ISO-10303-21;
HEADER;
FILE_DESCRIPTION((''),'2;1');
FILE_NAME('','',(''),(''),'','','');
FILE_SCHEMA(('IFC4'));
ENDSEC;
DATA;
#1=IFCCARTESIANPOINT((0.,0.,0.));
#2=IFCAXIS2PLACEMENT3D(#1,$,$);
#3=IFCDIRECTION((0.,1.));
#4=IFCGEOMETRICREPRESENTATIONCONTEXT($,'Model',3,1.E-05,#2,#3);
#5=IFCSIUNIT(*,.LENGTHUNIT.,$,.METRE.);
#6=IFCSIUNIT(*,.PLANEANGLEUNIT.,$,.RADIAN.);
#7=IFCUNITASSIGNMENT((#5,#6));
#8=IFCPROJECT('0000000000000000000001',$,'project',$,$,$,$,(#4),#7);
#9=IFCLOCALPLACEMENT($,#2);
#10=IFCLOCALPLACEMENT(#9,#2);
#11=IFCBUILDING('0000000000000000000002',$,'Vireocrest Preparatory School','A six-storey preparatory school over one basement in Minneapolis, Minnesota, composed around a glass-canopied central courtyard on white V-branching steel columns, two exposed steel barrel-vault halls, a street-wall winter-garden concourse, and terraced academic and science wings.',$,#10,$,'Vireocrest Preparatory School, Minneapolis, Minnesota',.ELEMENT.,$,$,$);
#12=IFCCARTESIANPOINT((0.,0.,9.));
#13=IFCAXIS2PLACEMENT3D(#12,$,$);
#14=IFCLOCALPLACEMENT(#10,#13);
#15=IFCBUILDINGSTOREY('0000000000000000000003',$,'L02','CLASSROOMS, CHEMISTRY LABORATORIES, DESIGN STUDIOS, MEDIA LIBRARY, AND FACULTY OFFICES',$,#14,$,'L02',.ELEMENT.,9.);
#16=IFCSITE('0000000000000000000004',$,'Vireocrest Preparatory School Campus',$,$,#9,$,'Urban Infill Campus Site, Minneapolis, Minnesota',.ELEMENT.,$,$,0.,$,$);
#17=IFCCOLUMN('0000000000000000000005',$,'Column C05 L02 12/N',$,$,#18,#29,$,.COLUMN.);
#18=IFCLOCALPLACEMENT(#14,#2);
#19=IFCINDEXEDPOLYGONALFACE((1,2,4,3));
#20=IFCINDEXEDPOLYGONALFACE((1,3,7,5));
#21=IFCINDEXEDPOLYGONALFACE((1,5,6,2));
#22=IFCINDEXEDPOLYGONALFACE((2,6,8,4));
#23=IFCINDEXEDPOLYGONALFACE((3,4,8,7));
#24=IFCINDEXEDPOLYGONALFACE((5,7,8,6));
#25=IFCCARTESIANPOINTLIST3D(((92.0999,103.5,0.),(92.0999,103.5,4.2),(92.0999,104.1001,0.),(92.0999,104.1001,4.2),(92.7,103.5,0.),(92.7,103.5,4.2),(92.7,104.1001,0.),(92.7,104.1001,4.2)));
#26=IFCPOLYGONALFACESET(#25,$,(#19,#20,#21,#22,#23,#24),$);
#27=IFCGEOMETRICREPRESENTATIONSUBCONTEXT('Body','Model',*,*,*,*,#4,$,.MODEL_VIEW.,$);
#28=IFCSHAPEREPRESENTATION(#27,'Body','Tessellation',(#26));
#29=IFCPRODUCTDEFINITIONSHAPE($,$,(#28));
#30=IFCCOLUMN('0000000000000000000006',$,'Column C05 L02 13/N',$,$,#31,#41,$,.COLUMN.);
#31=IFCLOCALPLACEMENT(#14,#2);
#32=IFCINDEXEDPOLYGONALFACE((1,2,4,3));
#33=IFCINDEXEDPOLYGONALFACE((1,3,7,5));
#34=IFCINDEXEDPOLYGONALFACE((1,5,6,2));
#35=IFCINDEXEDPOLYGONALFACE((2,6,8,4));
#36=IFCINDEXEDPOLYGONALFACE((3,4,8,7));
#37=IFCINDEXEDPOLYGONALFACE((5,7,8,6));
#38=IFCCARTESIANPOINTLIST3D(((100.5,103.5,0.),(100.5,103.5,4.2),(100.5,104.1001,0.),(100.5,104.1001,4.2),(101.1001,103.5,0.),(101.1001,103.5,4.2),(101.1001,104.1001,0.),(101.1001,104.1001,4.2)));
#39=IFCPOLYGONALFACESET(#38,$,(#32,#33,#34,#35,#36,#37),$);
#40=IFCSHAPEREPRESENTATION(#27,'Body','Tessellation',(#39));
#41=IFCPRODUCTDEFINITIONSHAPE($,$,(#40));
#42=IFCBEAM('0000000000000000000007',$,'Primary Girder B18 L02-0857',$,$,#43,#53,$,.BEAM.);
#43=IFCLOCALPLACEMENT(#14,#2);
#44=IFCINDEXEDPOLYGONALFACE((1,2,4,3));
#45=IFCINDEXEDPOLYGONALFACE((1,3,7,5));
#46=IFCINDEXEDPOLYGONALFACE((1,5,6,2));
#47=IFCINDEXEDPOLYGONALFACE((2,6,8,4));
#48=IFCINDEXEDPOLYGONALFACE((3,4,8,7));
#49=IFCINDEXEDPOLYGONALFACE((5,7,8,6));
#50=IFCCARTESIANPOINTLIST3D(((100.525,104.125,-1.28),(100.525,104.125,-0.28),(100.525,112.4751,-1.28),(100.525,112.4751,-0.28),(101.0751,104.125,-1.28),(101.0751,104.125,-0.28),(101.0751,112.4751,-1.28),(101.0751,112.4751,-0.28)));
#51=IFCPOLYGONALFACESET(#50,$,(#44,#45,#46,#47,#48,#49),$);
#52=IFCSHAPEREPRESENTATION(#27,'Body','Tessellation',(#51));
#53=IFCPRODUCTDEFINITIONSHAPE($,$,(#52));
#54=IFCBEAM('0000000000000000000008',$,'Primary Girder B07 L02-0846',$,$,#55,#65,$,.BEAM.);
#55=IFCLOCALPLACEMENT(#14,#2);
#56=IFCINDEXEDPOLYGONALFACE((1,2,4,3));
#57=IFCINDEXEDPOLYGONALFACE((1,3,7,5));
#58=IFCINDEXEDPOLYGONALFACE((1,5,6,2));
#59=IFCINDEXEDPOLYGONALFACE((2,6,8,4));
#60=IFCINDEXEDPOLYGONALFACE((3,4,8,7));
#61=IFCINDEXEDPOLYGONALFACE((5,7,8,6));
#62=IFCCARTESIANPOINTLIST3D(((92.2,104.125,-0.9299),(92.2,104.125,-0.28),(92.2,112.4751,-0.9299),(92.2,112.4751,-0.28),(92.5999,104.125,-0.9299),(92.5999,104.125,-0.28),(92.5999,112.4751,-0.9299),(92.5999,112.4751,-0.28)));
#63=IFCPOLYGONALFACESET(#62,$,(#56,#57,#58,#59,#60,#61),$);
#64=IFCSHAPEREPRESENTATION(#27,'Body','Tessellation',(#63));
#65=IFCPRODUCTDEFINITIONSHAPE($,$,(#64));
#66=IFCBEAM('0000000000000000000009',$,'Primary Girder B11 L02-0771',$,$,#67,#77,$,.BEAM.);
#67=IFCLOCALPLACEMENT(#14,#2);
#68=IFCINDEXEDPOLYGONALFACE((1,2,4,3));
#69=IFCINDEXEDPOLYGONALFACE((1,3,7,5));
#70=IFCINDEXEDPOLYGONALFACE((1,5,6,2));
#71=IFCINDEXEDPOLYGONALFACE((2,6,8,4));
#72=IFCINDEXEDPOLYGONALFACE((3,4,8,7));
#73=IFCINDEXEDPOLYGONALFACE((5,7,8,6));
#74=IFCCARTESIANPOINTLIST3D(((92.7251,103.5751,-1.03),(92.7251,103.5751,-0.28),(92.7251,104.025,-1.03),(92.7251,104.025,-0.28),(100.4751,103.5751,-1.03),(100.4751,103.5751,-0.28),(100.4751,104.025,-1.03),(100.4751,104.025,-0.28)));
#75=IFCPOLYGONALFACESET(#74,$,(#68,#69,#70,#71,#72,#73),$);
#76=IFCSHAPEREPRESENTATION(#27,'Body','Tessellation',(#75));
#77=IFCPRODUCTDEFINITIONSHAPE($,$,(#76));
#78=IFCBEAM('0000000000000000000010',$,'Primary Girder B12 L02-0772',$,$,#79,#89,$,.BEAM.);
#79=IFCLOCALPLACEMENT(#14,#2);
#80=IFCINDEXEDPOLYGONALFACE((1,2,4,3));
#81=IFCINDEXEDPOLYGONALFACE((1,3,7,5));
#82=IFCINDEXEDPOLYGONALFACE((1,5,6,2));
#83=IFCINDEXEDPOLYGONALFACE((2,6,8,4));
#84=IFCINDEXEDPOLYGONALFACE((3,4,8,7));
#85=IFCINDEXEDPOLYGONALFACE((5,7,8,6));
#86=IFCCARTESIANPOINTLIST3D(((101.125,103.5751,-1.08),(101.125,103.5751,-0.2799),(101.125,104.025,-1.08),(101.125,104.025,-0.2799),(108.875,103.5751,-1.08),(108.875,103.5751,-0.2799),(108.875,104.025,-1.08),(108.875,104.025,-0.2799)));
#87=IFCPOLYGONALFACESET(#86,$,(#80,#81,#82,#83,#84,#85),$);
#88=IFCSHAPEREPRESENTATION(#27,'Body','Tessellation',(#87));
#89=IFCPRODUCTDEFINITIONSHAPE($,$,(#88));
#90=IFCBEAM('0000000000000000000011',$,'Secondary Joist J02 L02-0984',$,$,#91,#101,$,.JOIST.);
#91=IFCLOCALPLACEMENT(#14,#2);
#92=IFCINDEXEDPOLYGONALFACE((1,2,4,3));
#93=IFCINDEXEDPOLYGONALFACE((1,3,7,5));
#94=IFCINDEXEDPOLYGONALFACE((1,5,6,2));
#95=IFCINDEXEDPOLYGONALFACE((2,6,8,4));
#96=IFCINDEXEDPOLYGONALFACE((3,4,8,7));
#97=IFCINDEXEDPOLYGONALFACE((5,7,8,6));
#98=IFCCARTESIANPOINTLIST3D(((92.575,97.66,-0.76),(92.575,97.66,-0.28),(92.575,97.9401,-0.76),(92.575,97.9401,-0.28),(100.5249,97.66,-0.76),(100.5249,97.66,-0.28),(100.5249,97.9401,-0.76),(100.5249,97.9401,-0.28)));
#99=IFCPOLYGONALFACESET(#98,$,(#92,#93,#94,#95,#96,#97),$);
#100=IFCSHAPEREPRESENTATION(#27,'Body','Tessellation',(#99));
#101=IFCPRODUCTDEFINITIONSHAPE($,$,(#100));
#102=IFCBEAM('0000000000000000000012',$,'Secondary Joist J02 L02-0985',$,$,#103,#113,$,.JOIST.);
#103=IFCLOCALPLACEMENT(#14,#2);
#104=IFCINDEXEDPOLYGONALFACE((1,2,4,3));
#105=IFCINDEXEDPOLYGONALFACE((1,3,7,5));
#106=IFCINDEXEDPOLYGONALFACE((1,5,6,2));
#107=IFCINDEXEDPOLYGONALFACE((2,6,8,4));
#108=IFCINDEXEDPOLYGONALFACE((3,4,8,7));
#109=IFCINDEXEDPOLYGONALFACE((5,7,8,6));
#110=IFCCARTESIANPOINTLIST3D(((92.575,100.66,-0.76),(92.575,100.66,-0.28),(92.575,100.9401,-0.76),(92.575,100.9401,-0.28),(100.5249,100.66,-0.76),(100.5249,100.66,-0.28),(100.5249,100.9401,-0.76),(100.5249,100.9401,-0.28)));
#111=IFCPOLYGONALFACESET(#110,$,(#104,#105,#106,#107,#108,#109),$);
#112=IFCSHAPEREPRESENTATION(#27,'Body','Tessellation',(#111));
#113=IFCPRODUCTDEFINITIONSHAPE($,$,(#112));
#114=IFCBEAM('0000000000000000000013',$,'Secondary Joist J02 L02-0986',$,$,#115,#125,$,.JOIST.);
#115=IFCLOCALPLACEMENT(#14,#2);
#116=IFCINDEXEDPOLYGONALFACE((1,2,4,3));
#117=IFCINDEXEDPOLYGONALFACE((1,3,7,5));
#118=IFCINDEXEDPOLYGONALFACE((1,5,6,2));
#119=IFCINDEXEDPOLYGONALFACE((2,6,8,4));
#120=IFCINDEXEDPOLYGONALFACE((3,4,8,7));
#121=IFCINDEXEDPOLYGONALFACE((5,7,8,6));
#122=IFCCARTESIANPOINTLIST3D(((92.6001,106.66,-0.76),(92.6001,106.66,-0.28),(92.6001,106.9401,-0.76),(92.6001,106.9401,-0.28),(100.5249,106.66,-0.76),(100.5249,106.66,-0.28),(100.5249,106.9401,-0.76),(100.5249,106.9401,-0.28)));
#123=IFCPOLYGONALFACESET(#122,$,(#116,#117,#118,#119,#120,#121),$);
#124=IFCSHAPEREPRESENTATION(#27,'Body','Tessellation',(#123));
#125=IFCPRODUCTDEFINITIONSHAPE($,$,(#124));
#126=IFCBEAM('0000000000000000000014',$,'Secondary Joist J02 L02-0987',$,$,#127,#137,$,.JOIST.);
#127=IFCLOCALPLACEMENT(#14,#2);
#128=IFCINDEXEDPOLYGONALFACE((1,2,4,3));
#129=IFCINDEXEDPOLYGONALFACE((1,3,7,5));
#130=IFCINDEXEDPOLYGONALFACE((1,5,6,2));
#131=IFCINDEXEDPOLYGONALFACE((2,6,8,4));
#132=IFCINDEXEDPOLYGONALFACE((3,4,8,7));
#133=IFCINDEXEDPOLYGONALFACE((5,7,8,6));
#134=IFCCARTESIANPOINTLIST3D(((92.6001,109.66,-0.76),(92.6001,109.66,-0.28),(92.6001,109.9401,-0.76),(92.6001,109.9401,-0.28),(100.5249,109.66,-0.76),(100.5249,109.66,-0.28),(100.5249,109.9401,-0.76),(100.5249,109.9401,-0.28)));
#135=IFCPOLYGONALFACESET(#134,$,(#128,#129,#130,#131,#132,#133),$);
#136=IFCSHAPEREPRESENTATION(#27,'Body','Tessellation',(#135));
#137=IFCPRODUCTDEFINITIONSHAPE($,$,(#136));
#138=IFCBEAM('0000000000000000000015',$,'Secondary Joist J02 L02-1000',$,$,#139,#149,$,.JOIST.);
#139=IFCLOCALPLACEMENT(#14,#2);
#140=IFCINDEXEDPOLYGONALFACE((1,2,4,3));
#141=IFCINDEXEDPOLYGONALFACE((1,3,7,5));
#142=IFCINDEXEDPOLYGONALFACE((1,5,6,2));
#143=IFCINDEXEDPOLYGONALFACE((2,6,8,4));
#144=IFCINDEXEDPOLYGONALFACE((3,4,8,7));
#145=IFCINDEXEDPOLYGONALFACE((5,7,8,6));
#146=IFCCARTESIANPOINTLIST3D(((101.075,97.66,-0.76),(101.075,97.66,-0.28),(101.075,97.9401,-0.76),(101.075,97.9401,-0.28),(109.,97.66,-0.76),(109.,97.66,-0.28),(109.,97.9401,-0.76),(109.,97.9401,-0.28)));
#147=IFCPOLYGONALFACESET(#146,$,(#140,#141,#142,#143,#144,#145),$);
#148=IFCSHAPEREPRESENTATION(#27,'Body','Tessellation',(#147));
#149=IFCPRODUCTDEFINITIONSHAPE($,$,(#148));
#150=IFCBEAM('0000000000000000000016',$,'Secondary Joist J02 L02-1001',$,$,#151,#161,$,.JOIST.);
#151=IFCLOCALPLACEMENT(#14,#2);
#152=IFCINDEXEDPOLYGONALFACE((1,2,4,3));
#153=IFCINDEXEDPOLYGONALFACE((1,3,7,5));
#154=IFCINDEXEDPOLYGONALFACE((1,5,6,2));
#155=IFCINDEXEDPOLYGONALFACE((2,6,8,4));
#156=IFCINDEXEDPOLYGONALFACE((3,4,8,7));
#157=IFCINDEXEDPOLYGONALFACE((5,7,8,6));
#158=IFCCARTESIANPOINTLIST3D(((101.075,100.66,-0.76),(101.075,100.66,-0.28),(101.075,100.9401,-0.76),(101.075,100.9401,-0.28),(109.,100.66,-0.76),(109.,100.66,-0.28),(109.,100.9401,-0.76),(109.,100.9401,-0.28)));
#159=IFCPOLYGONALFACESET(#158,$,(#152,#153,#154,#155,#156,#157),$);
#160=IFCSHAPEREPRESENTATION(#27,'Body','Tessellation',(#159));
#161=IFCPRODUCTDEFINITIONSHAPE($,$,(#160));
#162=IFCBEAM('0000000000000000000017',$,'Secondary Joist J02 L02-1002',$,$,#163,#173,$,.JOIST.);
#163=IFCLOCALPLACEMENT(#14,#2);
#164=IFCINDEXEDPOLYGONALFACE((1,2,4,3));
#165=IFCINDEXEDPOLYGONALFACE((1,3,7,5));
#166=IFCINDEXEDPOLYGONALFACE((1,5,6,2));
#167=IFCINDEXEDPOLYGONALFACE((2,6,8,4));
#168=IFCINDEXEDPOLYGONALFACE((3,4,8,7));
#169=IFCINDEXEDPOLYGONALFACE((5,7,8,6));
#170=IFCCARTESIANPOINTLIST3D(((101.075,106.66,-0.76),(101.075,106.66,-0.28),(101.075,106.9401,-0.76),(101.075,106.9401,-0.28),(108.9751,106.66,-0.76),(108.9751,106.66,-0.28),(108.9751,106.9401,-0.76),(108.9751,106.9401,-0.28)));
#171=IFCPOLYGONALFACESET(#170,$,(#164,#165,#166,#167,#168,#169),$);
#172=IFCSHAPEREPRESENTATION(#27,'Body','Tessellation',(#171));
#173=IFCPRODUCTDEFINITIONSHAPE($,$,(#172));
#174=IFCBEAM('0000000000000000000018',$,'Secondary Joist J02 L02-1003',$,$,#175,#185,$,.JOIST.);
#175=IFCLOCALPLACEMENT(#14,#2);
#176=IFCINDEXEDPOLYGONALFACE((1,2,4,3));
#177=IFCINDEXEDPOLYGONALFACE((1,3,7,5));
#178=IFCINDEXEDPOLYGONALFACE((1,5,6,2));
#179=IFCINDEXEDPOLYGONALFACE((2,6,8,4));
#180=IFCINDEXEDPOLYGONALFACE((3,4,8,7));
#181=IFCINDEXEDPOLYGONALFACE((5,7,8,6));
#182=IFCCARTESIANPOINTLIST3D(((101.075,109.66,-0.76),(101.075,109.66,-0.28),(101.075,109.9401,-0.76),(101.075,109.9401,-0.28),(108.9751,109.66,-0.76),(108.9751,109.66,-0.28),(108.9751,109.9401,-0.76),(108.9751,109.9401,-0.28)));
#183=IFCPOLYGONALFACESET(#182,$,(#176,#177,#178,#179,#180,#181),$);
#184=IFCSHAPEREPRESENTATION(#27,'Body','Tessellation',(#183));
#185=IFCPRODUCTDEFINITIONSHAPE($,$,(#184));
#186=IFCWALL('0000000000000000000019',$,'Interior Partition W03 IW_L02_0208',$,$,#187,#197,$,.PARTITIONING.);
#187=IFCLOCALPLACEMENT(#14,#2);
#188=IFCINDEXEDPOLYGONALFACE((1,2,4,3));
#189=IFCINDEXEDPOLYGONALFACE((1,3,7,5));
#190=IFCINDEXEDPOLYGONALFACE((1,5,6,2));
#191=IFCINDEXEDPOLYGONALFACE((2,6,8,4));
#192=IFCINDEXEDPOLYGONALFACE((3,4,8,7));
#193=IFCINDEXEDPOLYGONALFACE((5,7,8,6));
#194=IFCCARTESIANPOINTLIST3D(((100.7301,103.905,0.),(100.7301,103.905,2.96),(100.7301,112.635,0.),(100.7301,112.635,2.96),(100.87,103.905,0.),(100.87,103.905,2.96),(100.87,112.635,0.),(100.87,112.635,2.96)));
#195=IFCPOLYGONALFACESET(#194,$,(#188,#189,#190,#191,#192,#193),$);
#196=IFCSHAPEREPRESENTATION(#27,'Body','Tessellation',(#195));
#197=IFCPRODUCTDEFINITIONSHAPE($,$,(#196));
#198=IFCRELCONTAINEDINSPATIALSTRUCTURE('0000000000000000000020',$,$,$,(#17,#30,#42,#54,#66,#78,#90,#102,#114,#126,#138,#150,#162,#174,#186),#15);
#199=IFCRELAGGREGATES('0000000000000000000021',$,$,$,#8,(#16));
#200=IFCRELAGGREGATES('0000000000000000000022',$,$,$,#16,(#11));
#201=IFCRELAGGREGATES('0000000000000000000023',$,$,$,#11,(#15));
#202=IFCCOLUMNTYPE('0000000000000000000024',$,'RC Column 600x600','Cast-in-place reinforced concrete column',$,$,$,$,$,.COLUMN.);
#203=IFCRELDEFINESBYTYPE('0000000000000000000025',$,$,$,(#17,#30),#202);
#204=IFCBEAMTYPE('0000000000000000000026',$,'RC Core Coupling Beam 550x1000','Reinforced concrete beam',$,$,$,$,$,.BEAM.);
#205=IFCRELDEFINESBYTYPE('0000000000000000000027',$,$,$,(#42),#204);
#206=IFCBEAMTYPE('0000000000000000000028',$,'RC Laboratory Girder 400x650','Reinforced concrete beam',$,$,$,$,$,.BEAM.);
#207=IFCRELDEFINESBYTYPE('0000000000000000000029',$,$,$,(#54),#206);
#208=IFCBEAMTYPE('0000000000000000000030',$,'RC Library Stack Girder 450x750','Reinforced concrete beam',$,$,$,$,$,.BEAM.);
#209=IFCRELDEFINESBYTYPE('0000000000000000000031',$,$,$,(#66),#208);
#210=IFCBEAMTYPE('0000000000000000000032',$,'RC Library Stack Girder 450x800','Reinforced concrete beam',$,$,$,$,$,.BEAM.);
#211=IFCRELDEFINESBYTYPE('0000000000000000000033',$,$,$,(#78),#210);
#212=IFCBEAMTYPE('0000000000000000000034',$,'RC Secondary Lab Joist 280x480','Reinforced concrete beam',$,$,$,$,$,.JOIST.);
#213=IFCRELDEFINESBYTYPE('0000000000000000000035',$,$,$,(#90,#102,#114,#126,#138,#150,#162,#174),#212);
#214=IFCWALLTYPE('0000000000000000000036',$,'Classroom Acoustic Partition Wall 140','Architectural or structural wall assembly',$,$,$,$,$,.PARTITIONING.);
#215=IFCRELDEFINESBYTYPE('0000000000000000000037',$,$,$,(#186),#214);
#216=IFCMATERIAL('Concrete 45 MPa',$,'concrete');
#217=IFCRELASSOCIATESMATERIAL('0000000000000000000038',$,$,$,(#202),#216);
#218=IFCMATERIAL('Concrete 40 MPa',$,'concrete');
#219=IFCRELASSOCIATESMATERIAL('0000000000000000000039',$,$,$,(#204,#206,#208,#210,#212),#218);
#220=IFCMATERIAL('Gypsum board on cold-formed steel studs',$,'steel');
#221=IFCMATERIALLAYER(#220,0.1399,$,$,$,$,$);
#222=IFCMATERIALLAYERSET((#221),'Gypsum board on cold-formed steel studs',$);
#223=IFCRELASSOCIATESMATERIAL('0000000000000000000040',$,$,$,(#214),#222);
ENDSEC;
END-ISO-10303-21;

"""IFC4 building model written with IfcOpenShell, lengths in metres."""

from ifc_helpers import new_model, si_unit, direction, frame, frame_2d, origin, origin_2d, place, context, subcontext, project, spatial, rectangle, extrude, material, layer, layer_set, material_profile, profile_set, type_object, element, save


model = new_model("IFC4")

# Units and contexts
model_context = context("Model", 3, precision=1e-05, world=origin(), true_north=direction((0.0, 1.0)))
body_context = subcontext(model_context, "Body", "Model", "MODEL_VIEW")
ifc_project = project(units=[si_unit("LENGTHUNIT", "METRE"), si_unit("PLANEANGLEUNIT", "RADIAN")], contexts=[model_context])

# Site, building, storey
site_placement = place(None, origin())
site = spatial("IfcSite", under=ifc_project, at=site_placement, Name="Vireocrest Preparatory School Campus", LongName="Urban Infill Campus Site, Minneapolis, Minnesota", CompositionType="ELEMENT", RefElevation=0.0)
building_placement = place(site_placement, origin())
building = spatial("IfcBuilding", under=site, at=building_placement, Name="Vireocrest Preparatory School", Description="A six-storey preparatory school over one basement in Minneapolis, Minnesota, composed around a glass-canopied central courtyard on white V-branching steel columns, two exposed steel barrel-vault halls, a street-wall winter-garden concourse, and terraced academic and science wings.", LongName="Vireocrest Preparatory School, Minneapolis, Minnesota", CompositionType="ELEMENT")
storey_placement = place(building_placement, frame((0.0, 0.0, 9.0)))
storey = spatial("IfcBuildingStorey", under=building, at=storey_placement, Name="L02", Description="CLASSROOMS, CHEMISTRY LABORATORIES, DESIGN STUDIOS, MEDIA LIBRARY, AND FACULTY OFFICES", LongName="L02", CompositionType="ELEMENT", Elevation=9.0)

# Columns
ifc_material_1 = material(Name="Concrete 45 MPa", Category="concrete")
ifc_material_profile_1 = material_profile(ifc_material_1, rectangle(XDim=0.6001, YDim=0.6001, at=origin_2d()), Name="RC 600x600")
ifc_profile_set_1 = profile_set([ifc_material_profile_1], Name="Concrete 45 MPa")
column_type = type_object("IfcColumnType", Name="RC Column 600x600", Description="Cast-in-place reinforced concrete column", PredefinedType="COLUMN", material=ifc_profile_set_1)
for number, where, z_axis, x_axis, name in (
    (1, (92.3999, 103.8, 0.0), (0.0, 0.0, 1.0), (1.0, 0.0, 0.0), "Column C05 L02 12/N"),
    (2, (100.8, 103.8, 0.0), (0.0, 0.0, 1.0), (1.0, 0.0, 0.0), "Column C05 L02 13/N"),
):
    element("IfcColumn", number, at=place(storey_placement, frame(where, z_axis=z_axis, x_axis=x_axis)), inside=storey, type_object=column_type, Name=name, PredefinedType="COLUMN", context=body_context, shape_type="SweptSolid", body=[
        extrude(rectangle(XDim=0.6001, YDim=0.6001, at=origin_2d()), origin(), (0.0, 0.0, 1.0), 4.2),
    ])

# Beams
ifc_material_2 = material(Name="Concrete 40 MPa", Category="concrete")
ifc_material_profile_2 = material_profile(ifc_material_2, rectangle(XDim=0.55, YDim=1.0, at=origin_2d()), Name="RC 550x1000")
ifc_profile_set_2 = profile_set([ifc_material_profile_2], Name="Concrete 40 MPa")
beam_type_1 = type_object("IfcBeamType", Name="RC Core Coupling Beam 550x1000", Description="Reinforced concrete beam", PredefinedType="BEAM", material=ifc_profile_set_2)
beam_1_placement = place(storey_placement, frame((100.8, 104.125, -0.78), z_axis=(0.0, 1.0, 0.0), x_axis=(-1.0, 0.0, 0.0)))
element("IfcBeam", 3, at=beam_1_placement, inside=storey, type_object=beam_type_1, Name="Primary Girder B18 L02-0857", PredefinedType="BEAM", context=body_context, shape_type="SweptSolid", body=[
    extrude(rectangle(XDim=0.55, YDim=1.0, at=origin_2d()), origin(), (0.0, 0.0, 1.0), 8.3501),
])
ifc_material_profile_3 = material_profile(ifc_material_2, rectangle(XDim=0.3999, YDim=0.6499, at=origin_2d()), Name="RC 400x650")
ifc_profile_set_3 = profile_set([ifc_material_profile_3], Name="Concrete 40 MPa")
beam_type_2 = type_object("IfcBeamType", Name="RC Laboratory Girder 400x650", Description="Reinforced concrete beam", PredefinedType="BEAM", material=ifc_profile_set_3)
beam_2_placement = place(storey_placement, frame((92.3999, 104.125, -0.605), z_axis=(0.0, 1.0, 0.0), x_axis=(-1.0, 0.0, 0.0)))
element("IfcBeam", 4, at=beam_2_placement, inside=storey, type_object=beam_type_2, Name="Primary Girder B07 L02-0846", PredefinedType="BEAM", context=body_context, shape_type="SweptSolid", body=[
    extrude(rectangle(XDim=0.3999, YDim=0.6499, at=origin_2d()), origin(), (0.0, 0.0, 1.0), 8.3501),
])
ifc_material_profile_4 = material_profile(ifc_material_2, rectangle(XDim=0.45, YDim=0.75, at=origin_2d()), Name="RC 450x750")
ifc_profile_set_4 = profile_set([ifc_material_profile_4], Name="Concrete 40 MPa")
beam_type_3 = type_object("IfcBeamType", Name="RC Library Stack Girder 450x750", Description="Reinforced concrete beam", PredefinedType="BEAM", material=ifc_profile_set_4)
beam_3_placement = place(storey_placement, frame((92.7251, 103.8, -0.655), z_axis=(1.0, 0.0, 0.0), x_axis=(0.0, 1.0, 0.0)))
element("IfcBeam", 5, at=beam_3_placement, inside=storey, type_object=beam_type_3, Name="Primary Girder B11 L02-0771", PredefinedType="BEAM", context=body_context, shape_type="SweptSolid", body=[
    extrude(rectangle(XDim=0.45, YDim=0.75, at=origin_2d()), origin(), (0.0, 0.0, 1.0), 7.75),
])
ifc_material_profile_5 = material_profile(ifc_material_2, rectangle(XDim=0.45, YDim=0.8, at=origin_2d()), Name="RC 450x800")
ifc_profile_set_5 = profile_set([ifc_material_profile_5], Name="Concrete 40 MPa")
beam_type_4 = type_object("IfcBeamType", Name="RC Library Stack Girder 450x800", Description="Reinforced concrete beam", PredefinedType="BEAM", material=ifc_profile_set_5)
beam_4_placement = place(storey_placement, frame((101.125, 103.8, -0.6799), z_axis=(1.0, 0.0, 0.0), x_axis=(0.0, 1.0, 0.0)))
element("IfcBeam", 6, at=beam_4_placement, inside=storey, type_object=beam_type_4, Name="Primary Girder B12 L02-0772", PredefinedType="BEAM", context=body_context, shape_type="SweptSolid", body=[
    extrude(rectangle(XDim=0.45, YDim=0.8, at=origin_2d()), origin(), (0.0, 0.0, 1.0), 7.75),
])
ifc_material_profile_6 = material_profile(ifc_material_2, rectangle(XDim=0.28, YDim=0.48, at=origin_2d()), Name="RC 280x480")
ifc_profile_set_6 = profile_set([ifc_material_profile_6], Name="Concrete 40 MPa")
beam_type_5 = type_object("IfcBeamType", Name="RC Secondary Lab Joist 280x480", Description="Reinforced concrete beam", PredefinedType="JOIST", material=ifc_profile_set_6)
for number, where, z_axis, x_axis, name in (
    (7, (92.575, 97.8, -0.52), (1.0, 0.0, 0.0), (0.0, 1.0, 0.0), "Secondary Joist J02 L02-0984"),
    (8, (92.575, 100.8, -0.52), (1.0, 0.0, 0.0), (0.0, 1.0, 0.0), "Secondary Joist J02 L02-0985"),
):
    element("IfcBeam", number, at=place(storey_placement, frame(where, z_axis=z_axis, x_axis=x_axis)), inside=storey, type_object=beam_type_5, Name=name, PredefinedType="JOIST", context=body_context, shape_type="SweptSolid", body=[
        extrude(rectangle(XDim=0.28, YDim=0.48, at=origin_2d()), origin(), (0.0, 0.0, 1.0), 7.95),
    ])
for number, where, z_axis, x_axis, name in (
    (9, (92.6001, 106.8, -0.52), (1.0, 0.0, 0.0), (0.0, 1.0, 0.0), "Secondary Joist J02 L02-0986"),
    (10, (92.6001, 109.8, -0.52), (1.0, 0.0, 0.0), (0.0, 1.0, 0.0), "Secondary Joist J02 L02-0987"),
):
    element("IfcBeam", number, at=place(storey_placement, frame(where, z_axis=z_axis, x_axis=x_axis)), inside=storey, type_object=beam_type_5, Name=name, PredefinedType="JOIST", context=body_context, shape_type="SweptSolid", body=[
        extrude(rectangle(XDim=0.28, YDim=0.48, at=origin_2d()), origin(), (0.0, 0.0, 1.0), 7.9248),
    ])
for number, where, z_axis, x_axis, name in (
    (11, (101.075, 97.8, -0.52), (1.0, 0.0, 0.0), (0.0, 1.0, 0.0), "Secondary Joist J02 L02-1000"),
    (12, (101.075, 100.8, -0.52), (1.0, 0.0, 0.0), (0.0, 1.0, 0.0), "Secondary Joist J02 L02-1001"),
):
    element("IfcBeam", number, at=place(storey_placement, frame(where, z_axis=z_axis, x_axis=x_axis)), inside=storey, type_object=beam_type_5, Name=name, PredefinedType="JOIST", context=body_context, shape_type="SweptSolid", body=[
        extrude(rectangle(XDim=0.28, YDim=0.48, at=origin_2d()), origin(), (0.0, 0.0, 1.0), 7.925),
    ])
for number, where, z_axis, x_axis, name in (
    (13, (101.075, 106.8, -0.52), (1.0, 0.0, 0.0), (0.0, 1.0, 0.0), "Secondary Joist J02 L02-1002"),
    (14, (101.075, 109.8, -0.52), (1.0, 0.0, 0.0), (0.0, 1.0, 0.0), "Secondary Joist J02 L02-1003"),
):
    element("IfcBeam", number, at=place(storey_placement, frame(where, z_axis=z_axis, x_axis=x_axis)), inside=storey, type_object=beam_type_5, Name=name, PredefinedType="JOIST", context=body_context, shape_type="SweptSolid", body=[
        extrude(rectangle(XDim=0.28, YDim=0.48, at=origin_2d()), origin(), (0.0, 0.0, 1.0), 7.9001),
    ])

# Wall
ifc_material_3 = material(Name="Gypsum board on cold-formed steel studs", Category="steel")
ifc_layer_1 = layer(ifc_material_3, 0.1399)
ifc_layer_set_1 = layer_set([ifc_layer_1], Name="Gypsum board on cold-formed steel studs")
wall_type_1 = type_object("IfcWallType", Name="Classroom Acoustic Partition Wall 140", Description="Architectural or structural wall assembly", PredefinedType="PARTITIONING", material=ifc_layer_set_1)
wall_1_placement = place(storey_placement, frame((100.8, 103.905, 0.0), z_axis=(0.0, 0.0, 1.0), x_axis=(0.0, 1.0, 0.0)))
element("IfcWall", 15, at=wall_1_placement, inside=storey, type_object=wall_type_1, Name="Interior Partition W03 IW_L02_0208", PredefinedType="PARTITIONING", context=body_context, shape_type="SweptSolid", body=[
    extrude(rectangle(XDim=8.73, YDim=0.1399, at=frame_2d((4.365, 0.0))), origin(), (0.0, 0.0, 1.0), 2.96),
])

save(model, "model.ifc")
